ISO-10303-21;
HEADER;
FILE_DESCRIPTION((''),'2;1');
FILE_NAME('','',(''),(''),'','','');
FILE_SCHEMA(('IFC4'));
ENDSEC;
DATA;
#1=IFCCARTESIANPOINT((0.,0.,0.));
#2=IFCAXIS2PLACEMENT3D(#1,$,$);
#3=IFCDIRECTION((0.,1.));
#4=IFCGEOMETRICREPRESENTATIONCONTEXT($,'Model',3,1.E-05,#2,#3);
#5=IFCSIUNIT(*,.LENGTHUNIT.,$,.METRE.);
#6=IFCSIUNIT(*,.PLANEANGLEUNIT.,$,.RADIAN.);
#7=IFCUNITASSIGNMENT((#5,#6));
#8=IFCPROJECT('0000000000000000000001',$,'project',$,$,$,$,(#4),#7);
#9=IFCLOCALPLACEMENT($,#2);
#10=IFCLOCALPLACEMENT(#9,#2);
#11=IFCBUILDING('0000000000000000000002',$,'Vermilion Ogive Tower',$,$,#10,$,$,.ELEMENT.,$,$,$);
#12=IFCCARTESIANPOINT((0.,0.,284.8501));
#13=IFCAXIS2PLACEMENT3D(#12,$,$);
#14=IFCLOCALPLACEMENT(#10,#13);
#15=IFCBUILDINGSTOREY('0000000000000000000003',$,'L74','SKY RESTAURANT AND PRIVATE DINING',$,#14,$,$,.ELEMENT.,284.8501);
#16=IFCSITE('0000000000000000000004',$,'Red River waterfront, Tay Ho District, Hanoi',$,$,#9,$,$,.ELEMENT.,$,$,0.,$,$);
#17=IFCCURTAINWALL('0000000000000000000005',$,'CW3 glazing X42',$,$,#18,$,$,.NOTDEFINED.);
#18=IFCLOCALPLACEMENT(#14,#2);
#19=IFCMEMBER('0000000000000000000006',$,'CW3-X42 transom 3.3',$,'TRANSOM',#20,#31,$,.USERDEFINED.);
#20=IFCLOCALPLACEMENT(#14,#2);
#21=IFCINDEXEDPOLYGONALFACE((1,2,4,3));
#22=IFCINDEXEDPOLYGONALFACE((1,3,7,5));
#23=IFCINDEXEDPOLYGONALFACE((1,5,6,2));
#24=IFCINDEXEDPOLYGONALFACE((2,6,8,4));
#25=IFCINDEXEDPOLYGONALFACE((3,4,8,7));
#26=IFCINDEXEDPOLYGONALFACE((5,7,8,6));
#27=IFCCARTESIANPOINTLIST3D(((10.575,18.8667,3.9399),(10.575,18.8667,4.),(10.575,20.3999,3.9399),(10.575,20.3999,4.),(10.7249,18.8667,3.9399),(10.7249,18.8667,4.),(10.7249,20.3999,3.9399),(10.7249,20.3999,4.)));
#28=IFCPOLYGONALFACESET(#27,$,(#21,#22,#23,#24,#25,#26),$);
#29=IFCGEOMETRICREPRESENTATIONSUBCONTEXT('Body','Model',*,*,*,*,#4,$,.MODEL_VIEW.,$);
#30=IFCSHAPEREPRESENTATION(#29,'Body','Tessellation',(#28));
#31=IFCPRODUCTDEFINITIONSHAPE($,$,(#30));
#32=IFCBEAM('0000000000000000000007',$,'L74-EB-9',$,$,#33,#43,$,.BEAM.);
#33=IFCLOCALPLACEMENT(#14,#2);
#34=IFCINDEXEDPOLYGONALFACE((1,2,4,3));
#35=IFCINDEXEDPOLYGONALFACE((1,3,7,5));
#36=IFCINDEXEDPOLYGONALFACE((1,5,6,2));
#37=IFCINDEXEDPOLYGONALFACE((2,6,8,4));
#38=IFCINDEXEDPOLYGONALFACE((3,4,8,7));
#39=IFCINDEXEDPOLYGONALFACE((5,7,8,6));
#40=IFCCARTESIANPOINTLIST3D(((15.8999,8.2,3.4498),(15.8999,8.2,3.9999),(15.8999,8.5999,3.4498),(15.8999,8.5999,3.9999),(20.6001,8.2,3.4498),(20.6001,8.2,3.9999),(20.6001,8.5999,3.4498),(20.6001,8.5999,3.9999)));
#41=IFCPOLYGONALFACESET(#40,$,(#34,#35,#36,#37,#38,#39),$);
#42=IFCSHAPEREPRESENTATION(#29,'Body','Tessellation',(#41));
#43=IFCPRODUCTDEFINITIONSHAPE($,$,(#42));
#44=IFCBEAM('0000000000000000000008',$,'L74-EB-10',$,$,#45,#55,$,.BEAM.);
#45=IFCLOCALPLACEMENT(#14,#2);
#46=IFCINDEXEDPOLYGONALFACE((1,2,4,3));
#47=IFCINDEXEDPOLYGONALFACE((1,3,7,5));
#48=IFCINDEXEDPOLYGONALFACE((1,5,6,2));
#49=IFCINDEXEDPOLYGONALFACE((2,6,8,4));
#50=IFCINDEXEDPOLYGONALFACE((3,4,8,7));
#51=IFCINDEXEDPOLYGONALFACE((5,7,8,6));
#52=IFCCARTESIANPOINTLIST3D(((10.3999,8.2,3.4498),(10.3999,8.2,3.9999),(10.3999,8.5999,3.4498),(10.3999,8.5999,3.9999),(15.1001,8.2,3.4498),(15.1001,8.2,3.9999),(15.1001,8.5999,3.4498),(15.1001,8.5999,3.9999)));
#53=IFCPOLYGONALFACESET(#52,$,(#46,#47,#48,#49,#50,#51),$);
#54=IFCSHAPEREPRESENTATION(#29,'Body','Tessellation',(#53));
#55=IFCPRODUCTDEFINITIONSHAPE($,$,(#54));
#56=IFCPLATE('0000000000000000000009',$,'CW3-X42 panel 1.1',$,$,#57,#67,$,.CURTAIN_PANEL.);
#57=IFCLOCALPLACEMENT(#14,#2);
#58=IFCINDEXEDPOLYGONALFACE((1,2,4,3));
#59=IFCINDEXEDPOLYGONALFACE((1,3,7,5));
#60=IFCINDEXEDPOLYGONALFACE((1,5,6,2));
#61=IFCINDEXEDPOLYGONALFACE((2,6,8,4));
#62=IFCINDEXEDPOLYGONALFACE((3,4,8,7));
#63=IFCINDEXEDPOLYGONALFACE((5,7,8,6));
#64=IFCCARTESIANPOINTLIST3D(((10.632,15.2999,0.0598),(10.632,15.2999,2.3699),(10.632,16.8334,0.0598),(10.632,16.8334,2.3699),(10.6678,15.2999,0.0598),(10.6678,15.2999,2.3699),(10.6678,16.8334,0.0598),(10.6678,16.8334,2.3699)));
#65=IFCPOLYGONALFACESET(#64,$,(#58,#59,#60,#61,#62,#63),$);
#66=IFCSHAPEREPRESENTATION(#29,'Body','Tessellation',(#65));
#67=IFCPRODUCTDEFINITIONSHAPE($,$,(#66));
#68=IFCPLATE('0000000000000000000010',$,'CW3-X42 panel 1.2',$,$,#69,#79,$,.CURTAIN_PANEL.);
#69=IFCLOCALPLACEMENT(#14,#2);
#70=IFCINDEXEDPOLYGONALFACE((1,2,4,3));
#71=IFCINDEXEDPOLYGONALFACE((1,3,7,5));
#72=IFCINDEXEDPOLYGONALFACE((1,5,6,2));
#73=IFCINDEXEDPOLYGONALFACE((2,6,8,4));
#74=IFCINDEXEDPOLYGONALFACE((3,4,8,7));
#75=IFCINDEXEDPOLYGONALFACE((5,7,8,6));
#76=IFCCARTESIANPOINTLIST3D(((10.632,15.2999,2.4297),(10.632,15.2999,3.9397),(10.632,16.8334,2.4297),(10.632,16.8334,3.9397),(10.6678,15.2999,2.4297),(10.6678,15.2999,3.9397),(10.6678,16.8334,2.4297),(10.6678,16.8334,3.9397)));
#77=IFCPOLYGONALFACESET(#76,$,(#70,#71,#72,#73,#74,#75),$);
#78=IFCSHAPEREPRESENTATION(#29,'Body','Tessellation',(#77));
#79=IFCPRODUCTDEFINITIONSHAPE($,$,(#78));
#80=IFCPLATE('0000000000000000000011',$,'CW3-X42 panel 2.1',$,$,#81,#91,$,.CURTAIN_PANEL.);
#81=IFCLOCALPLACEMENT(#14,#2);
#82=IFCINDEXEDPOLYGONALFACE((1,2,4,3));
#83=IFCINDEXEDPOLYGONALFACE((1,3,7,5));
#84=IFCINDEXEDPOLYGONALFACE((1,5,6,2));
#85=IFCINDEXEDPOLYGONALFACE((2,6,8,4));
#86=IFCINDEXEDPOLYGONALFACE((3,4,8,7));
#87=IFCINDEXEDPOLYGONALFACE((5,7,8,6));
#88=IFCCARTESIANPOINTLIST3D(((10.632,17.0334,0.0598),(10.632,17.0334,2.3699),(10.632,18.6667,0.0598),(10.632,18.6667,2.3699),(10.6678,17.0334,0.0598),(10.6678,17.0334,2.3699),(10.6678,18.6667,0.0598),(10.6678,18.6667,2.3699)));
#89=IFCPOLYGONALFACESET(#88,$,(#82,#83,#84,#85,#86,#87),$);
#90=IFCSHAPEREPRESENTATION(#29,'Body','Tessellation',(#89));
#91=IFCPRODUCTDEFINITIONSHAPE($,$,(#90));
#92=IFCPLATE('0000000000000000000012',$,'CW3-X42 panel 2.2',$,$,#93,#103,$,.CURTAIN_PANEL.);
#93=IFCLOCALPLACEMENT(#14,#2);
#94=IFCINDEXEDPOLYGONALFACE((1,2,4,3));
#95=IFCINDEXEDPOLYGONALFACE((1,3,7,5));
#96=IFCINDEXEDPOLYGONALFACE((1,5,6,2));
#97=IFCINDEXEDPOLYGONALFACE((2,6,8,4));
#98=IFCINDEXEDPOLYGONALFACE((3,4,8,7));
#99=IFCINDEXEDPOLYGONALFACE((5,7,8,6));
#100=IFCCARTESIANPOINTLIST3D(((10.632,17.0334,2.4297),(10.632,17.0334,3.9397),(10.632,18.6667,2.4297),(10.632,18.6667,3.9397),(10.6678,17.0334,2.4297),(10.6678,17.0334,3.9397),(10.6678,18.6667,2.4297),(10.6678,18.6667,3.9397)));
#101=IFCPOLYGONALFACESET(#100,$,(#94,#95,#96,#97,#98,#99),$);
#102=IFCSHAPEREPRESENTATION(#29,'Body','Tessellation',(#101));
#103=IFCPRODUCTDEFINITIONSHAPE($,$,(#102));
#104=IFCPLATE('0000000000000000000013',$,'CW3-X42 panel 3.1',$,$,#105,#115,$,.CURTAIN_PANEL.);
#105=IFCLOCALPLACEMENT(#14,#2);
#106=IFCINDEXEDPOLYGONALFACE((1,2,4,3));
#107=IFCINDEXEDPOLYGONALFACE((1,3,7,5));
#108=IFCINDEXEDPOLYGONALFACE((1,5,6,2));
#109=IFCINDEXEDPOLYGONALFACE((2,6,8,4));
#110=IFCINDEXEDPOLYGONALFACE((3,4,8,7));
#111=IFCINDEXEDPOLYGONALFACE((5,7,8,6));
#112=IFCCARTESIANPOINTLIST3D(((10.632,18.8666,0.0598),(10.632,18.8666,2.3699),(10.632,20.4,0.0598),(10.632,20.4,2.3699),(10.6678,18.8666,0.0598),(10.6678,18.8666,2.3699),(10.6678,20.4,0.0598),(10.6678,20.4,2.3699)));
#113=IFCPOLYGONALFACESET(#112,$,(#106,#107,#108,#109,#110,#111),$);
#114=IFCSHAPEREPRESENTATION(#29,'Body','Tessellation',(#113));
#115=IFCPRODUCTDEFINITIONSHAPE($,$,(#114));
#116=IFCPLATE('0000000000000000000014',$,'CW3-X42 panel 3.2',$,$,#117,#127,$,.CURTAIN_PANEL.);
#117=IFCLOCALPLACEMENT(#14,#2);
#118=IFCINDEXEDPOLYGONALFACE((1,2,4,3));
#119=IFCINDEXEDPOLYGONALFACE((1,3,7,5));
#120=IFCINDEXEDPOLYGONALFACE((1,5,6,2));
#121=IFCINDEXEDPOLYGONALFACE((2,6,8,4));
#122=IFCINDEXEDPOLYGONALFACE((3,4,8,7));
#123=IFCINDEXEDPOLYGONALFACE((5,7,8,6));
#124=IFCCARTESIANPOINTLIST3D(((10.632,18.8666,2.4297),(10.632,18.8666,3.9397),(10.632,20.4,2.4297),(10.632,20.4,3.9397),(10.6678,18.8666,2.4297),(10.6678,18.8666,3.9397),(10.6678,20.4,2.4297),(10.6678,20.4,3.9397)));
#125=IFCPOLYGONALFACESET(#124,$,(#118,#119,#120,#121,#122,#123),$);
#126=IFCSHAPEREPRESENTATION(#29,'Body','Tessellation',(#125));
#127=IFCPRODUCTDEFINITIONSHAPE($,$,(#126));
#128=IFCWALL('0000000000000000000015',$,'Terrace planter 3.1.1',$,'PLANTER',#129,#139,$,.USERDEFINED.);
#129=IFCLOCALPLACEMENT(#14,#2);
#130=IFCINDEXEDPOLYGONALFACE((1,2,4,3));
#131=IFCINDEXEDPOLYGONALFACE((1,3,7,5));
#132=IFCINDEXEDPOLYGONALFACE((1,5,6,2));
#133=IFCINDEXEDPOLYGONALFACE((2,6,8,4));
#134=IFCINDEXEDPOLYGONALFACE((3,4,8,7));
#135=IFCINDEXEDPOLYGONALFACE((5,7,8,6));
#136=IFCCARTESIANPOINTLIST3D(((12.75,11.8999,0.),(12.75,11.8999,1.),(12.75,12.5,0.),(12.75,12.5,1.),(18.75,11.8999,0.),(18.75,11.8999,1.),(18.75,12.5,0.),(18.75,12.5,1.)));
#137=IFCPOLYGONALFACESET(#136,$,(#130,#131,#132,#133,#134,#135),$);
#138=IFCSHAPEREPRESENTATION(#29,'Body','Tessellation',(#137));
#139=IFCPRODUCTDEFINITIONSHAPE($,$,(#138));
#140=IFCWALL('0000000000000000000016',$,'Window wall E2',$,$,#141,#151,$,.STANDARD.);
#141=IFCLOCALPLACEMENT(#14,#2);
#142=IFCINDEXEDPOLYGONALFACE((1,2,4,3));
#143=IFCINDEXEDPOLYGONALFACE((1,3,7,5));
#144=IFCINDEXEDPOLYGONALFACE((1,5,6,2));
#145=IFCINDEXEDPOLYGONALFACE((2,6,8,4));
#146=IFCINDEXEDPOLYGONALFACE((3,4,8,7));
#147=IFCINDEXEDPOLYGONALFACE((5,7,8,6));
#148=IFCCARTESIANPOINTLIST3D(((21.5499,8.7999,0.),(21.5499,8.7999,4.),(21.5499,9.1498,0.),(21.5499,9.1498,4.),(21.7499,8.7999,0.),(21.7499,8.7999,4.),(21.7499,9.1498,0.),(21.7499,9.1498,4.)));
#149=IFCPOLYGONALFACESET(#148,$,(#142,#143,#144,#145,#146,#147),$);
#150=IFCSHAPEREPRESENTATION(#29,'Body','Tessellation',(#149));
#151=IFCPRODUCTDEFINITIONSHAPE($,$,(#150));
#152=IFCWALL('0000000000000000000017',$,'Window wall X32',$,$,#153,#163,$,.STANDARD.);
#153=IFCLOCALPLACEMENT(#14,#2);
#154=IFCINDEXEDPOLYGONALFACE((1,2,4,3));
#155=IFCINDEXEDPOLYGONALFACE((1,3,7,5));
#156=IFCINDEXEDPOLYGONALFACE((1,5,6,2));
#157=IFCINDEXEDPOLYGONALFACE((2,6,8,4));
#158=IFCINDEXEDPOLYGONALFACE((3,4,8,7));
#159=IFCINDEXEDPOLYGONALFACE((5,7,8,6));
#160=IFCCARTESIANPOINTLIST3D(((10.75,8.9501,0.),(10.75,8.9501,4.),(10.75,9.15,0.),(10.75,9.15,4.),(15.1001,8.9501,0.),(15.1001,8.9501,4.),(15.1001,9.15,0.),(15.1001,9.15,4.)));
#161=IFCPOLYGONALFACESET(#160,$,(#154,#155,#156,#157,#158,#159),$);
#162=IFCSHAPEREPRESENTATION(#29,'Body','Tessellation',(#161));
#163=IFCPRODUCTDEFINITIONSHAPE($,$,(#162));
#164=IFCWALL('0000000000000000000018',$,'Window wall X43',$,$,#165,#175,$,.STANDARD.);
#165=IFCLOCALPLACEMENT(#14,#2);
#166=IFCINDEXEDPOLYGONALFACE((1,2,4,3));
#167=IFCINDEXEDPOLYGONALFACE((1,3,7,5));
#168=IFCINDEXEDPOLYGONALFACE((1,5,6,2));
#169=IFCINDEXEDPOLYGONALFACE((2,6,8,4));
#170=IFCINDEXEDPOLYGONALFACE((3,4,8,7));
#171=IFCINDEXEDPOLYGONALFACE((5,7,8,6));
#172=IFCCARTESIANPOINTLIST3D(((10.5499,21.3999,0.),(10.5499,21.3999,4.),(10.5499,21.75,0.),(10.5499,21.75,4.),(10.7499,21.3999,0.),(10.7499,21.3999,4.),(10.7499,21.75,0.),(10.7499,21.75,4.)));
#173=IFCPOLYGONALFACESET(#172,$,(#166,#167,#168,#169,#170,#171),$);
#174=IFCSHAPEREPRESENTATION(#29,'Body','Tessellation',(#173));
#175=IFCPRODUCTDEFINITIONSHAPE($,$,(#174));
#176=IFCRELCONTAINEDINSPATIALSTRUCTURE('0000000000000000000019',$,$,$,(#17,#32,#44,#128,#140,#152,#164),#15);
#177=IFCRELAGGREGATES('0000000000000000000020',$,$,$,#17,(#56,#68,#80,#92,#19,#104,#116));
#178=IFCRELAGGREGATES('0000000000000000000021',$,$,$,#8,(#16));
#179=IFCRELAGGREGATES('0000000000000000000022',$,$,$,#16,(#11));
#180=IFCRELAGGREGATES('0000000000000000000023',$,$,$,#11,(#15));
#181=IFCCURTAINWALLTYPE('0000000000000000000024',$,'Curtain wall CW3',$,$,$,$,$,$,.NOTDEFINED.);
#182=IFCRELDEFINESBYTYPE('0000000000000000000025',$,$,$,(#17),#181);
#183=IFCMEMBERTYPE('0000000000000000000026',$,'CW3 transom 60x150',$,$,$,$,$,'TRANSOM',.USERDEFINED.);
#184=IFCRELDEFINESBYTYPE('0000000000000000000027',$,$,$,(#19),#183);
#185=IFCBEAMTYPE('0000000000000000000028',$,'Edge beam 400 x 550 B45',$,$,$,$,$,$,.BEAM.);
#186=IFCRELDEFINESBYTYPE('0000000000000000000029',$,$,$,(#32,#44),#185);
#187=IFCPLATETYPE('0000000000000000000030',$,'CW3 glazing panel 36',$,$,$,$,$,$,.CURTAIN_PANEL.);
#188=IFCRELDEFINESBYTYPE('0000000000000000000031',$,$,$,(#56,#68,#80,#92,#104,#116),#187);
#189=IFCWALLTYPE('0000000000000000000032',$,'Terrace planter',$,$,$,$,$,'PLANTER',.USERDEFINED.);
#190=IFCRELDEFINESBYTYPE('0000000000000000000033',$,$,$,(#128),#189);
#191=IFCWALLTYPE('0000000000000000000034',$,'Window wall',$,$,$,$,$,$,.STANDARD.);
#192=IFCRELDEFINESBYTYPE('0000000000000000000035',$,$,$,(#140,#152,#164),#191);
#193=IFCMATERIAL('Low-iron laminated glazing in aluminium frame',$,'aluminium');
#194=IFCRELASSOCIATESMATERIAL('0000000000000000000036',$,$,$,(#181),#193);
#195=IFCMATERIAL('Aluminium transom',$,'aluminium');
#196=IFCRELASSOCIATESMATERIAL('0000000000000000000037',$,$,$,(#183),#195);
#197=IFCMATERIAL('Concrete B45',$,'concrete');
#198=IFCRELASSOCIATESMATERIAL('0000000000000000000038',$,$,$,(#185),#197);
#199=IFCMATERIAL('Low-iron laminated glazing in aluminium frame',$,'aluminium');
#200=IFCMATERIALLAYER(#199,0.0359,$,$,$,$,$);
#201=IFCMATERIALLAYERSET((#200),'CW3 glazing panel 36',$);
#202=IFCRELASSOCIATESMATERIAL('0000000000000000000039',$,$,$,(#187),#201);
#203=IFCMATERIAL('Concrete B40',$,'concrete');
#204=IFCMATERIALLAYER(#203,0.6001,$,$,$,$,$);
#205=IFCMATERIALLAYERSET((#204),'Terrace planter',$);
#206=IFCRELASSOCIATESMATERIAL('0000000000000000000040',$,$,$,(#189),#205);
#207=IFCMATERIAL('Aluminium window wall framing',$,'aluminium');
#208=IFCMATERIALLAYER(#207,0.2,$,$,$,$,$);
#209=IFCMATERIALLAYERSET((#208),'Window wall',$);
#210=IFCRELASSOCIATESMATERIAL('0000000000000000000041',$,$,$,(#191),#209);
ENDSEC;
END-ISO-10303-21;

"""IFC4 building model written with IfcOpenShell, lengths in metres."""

from ifc_helpers import new_model, si_unit, direction, frame, frame_2d, origin, origin_2d, place, context, subcontext, project, spatial, rectangle, extrude, material, layer, layer_set, material_profile, profile_set, type_object, element, aggregate, save


model = new_model("IFC4")

# Units and contexts
model_context = context("Model", 3, precision=1e-05, world=origin(), true_north=direction((0.0, 1.0)))
body_context = subcontext(model_context, "Body", "Model", "MODEL_VIEW")
ifc_project = project(units=[si_unit("LENGTHUNIT", "METRE"), si_unit("PLANEANGLEUNIT", "RADIAN")], contexts=[model_context])

# Site, building, storey
site_placement = place(None, origin())
site = spatial("IfcSite", under=ifc_project, at=site_placement, Name="Red River waterfront, Tay Ho District, Hanoi", CompositionType="ELEMENT", RefElevation=0.0)
building_placement = place(site_placement, origin())
building = spatial("IfcBuilding", under=site, at=building_placement, Name="Vermilion Ogive Tower", CompositionType="ELEMENT")
storey_placement = place(building_placement, frame((0.0, 0.0, 284.8501)))
storey = spatial("IfcBuildingStorey", under=building, at=storey_placement, Name="L74", Description="SKY RESTAURANT AND PRIVATE DINING", CompositionType="ELEMENT", Elevation=284.8501)

# Curtain wall, member
ifc_material_1 = material(Name="Low-iron laminated glazing in aluminium frame", Category="aluminium")
curtain_wall_type = type_object("IfcCurtainWallType", Name="Curtain wall CW3", PredefinedType="NOTDEFINED", material=ifc_material_1)
curtain_wall_placement = place(storey_placement, origin())
curtain_wall = element("IfcCurtainWall", 1, at=curtain_wall_placement, inside=storey, type_object=curtain_wall_type, Name="CW3 glazing X42", PredefinedType="NOTDEFINED")
ifc_material_2 = material(Name="Aluminium transom", Category="aluminium")
ifc_material_profile_1 = material_profile(ifc_material_2, rectangle(XDim=0.1499, YDim=0.0601, at=origin_2d()), Name="AL 60x150")
ifc_profile_set_1 = profile_set([ifc_material_profile_1], Name="Aluminium transom")
member_type_1 = type_object("IfcMemberType", Name="CW3 transom 60x150", ElementType="TRANSOM", PredefinedType="USERDEFINED", material=ifc_profile_set_1)
member_1_placement = place(storey_placement, frame((10.6499, 18.8667, 3.97), z_axis=(0.0, 1.0, 0.0), x_axis=(-1.0, 0.0, 0.0)))
member_1 = element("IfcMember", 2, at=member_1_placement, type_object=member_type_1, Name="CW3-X42 transom 3.3", ObjectType="TRANSOM", PredefinedType="USERDEFINED", context=body_context, shape_type="SweptSolid", body=[
    extrude(rectangle(XDim=0.1499, YDim=0.0601, at=origin_2d()), origin(), (0.0, 0.0, 1.0), 1.5332),
])

# Beams
ifc_material_3 = material(Name="Concrete B45", Category="concrete")
ifc_material_profile_2 = material_profile(ifc_material_3, rectangle(XDim=0.3999, YDim=0.55, at=origin_2d()), Name="400 x 550")
ifc_profile_set_2 = profile_set([ifc_material_profile_2], Name="Concrete B45")
beam_type = type_object("IfcBeamType", Name="Edge beam 400 x 550 B45", PredefinedType="BEAM", material=ifc_profile_set_2)
for number, where, z_axis, x_axis, name in (
    (3, (20.6001, 8.3999, 3.7249), (-1.0, 0.0, 0.0), (0.0, -1.0, 0.0), "L74-EB-9"),
    (4, (15.1001, 8.3999, 3.7249), (-1.0, 0.0, 0.0), (0.0, -1.0, 0.0), "L74-EB-10"),
):
    element("IfcBeam", number, at=place(storey_placement, frame(where, z_axis=z_axis, x_axis=x_axis)), inside=storey, type_object=beam_type, Name=name, PredefinedType="BEAM", context=body_context, shape_type="SweptSolid", body=[
        extrude(rectangle(XDim=0.3999, YDim=0.55, at=origin_2d()), origin(), (0.0, 0.0, 1.0), 4.7002),
    ])

# Plates
ifc_material_4 = material(Name="Low-iron laminated glazing in aluminium frame", Category="aluminium")
ifc_layer_1 = layer(ifc_material_4, 0.0359)
ifc_layer_set_1 = layer_set([ifc_layer_1], Name="CW3 glazing panel 36")
plate_type = type_object("IfcPlateType", Name="CW3 glazing panel 36", PredefinedType="CURTAIN_PANEL", material=ifc_layer_set_1)
plate_1_placement = place(storey_placement, frame((10.6499, 16.0667, 0.0598), z_axis=(0.0, 0.0, 1.0), x_axis=(0.0, 1.0, 0.0)))
plate_1 = element("IfcPlate", 5, at=plate_1_placement, type_object=plate_type, Name="CW3-X42 panel 1.1", PredefinedType="CURTAIN_PANEL", context=body_context, shape_type="SweptSolid", body=[
    extrude(rectangle(XDim=1.5334, YDim=0.0359, at=origin_2d()), origin(), (0.0, 0.0, 1.0), 2.3101),
])
plate_2_placement = place(storey_placement, frame((10.6499, 16.0667, 2.4297), z_axis=(0.0, 0.0, 1.0), x_axis=(0.0, 1.0, 0.0)))
plate_2 = element("IfcPlate", 6, at=plate_2_placement, type_object=plate_type, Name="CW3-X42 panel 1.2", PredefinedType="CURTAIN_PANEL", context=body_context, shape_type="SweptSolid", body=[
    extrude(rectangle(XDim=1.5334, YDim=0.0359, at=origin_2d()), origin(), (0.0, 0.0, 1.0), 1.51),
])
plate_3_placement = place(storey_placement, frame((10.6499, 17.8501, 0.0598), z_axis=(0.0, 0.0, 1.0), x_axis=(0.0, 1.0, 0.0)))
plate_3 = element("IfcPlate", 7, at=plate_3_placement, type_object=plate_type, Name="CW3-X42 panel 2.1", PredefinedType="CURTAIN_PANEL", context=body_context, shape_type="SweptSolid", body=[
    extrude(rectangle(XDim=1.6333, YDim=0.0359, at=origin_2d()), origin(), (0.0, 0.0, 1.0), 2.3101),
])
plate_4_placement = place(storey_placement, frame((10.6499, 17.8501, 2.4297), z_axis=(0.0, 0.0, 1.0), x_axis=(0.0, 1.0, 0.0)))
plate_4 = element("IfcPlate", 8, at=plate_4_placement, type_object=plate_type, Name="CW3-X42 panel 2.2", PredefinedType="CURTAIN_PANEL", context=body_context, shape_type="SweptSolid", body=[
    extrude(rectangle(XDim=1.6333, YDim=0.0359, at=origin_2d()), origin(), (0.0, 0.0, 1.0), 1.51),
])
plate_5_placement = place(storey_placement, frame((10.6499, 19.6333, 0.0598), z_axis=(0.0, 0.0, 1.0), x_axis=(0.0, 1.0, 0.0)))
plate_5 = element("IfcPlate", 9, at=plate_5_placement, type_object=plate_type, Name="CW3-X42 panel 3.1", PredefinedType="CURTAIN_PANEL", context=body_context, shape_type="SweptSolid", body=[
    extrude(rectangle(XDim=1.5334, YDim=0.0359, at=origin_2d()), origin(), (0.0, 0.0, 1.0), 2.3101),
])
plate_6_placement = place(storey_placement, frame((10.6499, 19.6333, 2.4297), z_axis=(0.0, 0.0, 1.0), x_axis=(0.0, 1.0, 0.0)))
plate_6 = element("IfcPlate", 10, at=plate_6_placement, type_object=plate_type, Name="CW3-X42 panel 3.2", PredefinedType="CURTAIN_PANEL", context=body_context, shape_type="SweptSolid", body=[
    extrude(rectangle(XDim=1.5334, YDim=0.0359, at=origin_2d()), origin(), (0.0, 0.0, 1.0), 1.51),
])
aggregate(curtain_wall, [plate_1, plate_2, plate_3, plate_4, member_1, plate_5, plate_6])

# Walls
ifc_material_5 = material(Name="Concrete B40", Category="concrete")
ifc_layer_2 = layer(ifc_material_5, 0.6001)
ifc_layer_set_2 = layer_set([ifc_layer_2], Name="Terrace planter")
wall_type_1 = type_object("IfcWallType", Name="Terrace planter", ElementType="PLANTER", PredefinedType="USERDEFINED", material=ifc_layer_set_2)
wall_1_placement = place(storey_placement, frame((12.75, 12.2, 0.0), z_axis=(0.0, 0.0, 1.0), x_axis=(1.0, 0.0, 0.0)))
element("IfcWall", 11, at=wall_1_placement, inside=storey, type_object=wall_type_1, Name="Terrace planter 3.1.1", ObjectType="PLANTER", PredefinedType="USERDEFINED", context=body_context, shape_type="SweptSolid", body=[
    extrude(rectangle(XDim=6.0, YDim=0.6001, at=frame_2d((3.0, 0.0))), origin(), (0.0, 0.0, 1.0), 1.0),
])
ifc_material_6 = material(Name="Aluminium window wall framing", Category="aluminium")
ifc_layer_3 = layer(ifc_material_6, 0.2)
ifc_layer_set_3 = layer_set([ifc_layer_3], Name="Window wall")
wall_type_2 = type_object("IfcWallType", Name="Window wall", PredefinedType="STANDARD", material=ifc_layer_set_3)
wall_2_placement = place(storey_placement, frame((21.6499, 8.8, 0.0), z_axis=(0.0, 0.0, 1.0), x_axis=(0.0, 1.0, 0.0)))
element("IfcWall", 12, at=wall_2_placement, inside=storey, type_object=wall_type_2, Name="Window wall E2", PredefinedType="STANDARD", context=body_context, shape_type="SweptSolid", body=[
    extrude(rectangle(XDim=0.3499, YDim=0.2, at=frame_2d((0.1748, 0.0))), origin(), (0.0, 0.0, 1.0), 4.0),
])

# Walls
wall_3_placement = place(storey_placement, frame((15.1001, 9.05, 0.0), z_axis=(0.0, 0.0, 1.0), x_axis=(-1.0, 0.0, 0.0)))
element("IfcWall", 13, at=wall_3_placement, inside=storey, type_object=wall_type_2, Name="Window wall X32", PredefinedType="STANDARD", context=body_context, shape_type="SweptSolid", body=[
    extrude(rectangle(XDim=4.3501, YDim=0.2, at=frame_2d((2.175, 0.0))), origin(), (0.0, 0.0, 1.0), 4.0),
])
wall_4_placement = place(storey_placement, frame((10.6499, 21.3999, 0.0), z_axis=(0.0, 0.0, 1.0), x_axis=(0.0, 1.0, 0.0)))
element("IfcWall", 14, at=wall_4_placement, inside=storey, type_object=wall_type_2, Name="Window wall X43", PredefinedType="STANDARD", context=body_context, shape_type="SweptSolid", body=[
    extrude(rectangle(XDim=0.3501, YDim=0.2, at=frame_2d((0.175, 0.0))), origin(), (0.0, 0.0, 1.0), 4.0),
])

save(model, "model.ifc")
